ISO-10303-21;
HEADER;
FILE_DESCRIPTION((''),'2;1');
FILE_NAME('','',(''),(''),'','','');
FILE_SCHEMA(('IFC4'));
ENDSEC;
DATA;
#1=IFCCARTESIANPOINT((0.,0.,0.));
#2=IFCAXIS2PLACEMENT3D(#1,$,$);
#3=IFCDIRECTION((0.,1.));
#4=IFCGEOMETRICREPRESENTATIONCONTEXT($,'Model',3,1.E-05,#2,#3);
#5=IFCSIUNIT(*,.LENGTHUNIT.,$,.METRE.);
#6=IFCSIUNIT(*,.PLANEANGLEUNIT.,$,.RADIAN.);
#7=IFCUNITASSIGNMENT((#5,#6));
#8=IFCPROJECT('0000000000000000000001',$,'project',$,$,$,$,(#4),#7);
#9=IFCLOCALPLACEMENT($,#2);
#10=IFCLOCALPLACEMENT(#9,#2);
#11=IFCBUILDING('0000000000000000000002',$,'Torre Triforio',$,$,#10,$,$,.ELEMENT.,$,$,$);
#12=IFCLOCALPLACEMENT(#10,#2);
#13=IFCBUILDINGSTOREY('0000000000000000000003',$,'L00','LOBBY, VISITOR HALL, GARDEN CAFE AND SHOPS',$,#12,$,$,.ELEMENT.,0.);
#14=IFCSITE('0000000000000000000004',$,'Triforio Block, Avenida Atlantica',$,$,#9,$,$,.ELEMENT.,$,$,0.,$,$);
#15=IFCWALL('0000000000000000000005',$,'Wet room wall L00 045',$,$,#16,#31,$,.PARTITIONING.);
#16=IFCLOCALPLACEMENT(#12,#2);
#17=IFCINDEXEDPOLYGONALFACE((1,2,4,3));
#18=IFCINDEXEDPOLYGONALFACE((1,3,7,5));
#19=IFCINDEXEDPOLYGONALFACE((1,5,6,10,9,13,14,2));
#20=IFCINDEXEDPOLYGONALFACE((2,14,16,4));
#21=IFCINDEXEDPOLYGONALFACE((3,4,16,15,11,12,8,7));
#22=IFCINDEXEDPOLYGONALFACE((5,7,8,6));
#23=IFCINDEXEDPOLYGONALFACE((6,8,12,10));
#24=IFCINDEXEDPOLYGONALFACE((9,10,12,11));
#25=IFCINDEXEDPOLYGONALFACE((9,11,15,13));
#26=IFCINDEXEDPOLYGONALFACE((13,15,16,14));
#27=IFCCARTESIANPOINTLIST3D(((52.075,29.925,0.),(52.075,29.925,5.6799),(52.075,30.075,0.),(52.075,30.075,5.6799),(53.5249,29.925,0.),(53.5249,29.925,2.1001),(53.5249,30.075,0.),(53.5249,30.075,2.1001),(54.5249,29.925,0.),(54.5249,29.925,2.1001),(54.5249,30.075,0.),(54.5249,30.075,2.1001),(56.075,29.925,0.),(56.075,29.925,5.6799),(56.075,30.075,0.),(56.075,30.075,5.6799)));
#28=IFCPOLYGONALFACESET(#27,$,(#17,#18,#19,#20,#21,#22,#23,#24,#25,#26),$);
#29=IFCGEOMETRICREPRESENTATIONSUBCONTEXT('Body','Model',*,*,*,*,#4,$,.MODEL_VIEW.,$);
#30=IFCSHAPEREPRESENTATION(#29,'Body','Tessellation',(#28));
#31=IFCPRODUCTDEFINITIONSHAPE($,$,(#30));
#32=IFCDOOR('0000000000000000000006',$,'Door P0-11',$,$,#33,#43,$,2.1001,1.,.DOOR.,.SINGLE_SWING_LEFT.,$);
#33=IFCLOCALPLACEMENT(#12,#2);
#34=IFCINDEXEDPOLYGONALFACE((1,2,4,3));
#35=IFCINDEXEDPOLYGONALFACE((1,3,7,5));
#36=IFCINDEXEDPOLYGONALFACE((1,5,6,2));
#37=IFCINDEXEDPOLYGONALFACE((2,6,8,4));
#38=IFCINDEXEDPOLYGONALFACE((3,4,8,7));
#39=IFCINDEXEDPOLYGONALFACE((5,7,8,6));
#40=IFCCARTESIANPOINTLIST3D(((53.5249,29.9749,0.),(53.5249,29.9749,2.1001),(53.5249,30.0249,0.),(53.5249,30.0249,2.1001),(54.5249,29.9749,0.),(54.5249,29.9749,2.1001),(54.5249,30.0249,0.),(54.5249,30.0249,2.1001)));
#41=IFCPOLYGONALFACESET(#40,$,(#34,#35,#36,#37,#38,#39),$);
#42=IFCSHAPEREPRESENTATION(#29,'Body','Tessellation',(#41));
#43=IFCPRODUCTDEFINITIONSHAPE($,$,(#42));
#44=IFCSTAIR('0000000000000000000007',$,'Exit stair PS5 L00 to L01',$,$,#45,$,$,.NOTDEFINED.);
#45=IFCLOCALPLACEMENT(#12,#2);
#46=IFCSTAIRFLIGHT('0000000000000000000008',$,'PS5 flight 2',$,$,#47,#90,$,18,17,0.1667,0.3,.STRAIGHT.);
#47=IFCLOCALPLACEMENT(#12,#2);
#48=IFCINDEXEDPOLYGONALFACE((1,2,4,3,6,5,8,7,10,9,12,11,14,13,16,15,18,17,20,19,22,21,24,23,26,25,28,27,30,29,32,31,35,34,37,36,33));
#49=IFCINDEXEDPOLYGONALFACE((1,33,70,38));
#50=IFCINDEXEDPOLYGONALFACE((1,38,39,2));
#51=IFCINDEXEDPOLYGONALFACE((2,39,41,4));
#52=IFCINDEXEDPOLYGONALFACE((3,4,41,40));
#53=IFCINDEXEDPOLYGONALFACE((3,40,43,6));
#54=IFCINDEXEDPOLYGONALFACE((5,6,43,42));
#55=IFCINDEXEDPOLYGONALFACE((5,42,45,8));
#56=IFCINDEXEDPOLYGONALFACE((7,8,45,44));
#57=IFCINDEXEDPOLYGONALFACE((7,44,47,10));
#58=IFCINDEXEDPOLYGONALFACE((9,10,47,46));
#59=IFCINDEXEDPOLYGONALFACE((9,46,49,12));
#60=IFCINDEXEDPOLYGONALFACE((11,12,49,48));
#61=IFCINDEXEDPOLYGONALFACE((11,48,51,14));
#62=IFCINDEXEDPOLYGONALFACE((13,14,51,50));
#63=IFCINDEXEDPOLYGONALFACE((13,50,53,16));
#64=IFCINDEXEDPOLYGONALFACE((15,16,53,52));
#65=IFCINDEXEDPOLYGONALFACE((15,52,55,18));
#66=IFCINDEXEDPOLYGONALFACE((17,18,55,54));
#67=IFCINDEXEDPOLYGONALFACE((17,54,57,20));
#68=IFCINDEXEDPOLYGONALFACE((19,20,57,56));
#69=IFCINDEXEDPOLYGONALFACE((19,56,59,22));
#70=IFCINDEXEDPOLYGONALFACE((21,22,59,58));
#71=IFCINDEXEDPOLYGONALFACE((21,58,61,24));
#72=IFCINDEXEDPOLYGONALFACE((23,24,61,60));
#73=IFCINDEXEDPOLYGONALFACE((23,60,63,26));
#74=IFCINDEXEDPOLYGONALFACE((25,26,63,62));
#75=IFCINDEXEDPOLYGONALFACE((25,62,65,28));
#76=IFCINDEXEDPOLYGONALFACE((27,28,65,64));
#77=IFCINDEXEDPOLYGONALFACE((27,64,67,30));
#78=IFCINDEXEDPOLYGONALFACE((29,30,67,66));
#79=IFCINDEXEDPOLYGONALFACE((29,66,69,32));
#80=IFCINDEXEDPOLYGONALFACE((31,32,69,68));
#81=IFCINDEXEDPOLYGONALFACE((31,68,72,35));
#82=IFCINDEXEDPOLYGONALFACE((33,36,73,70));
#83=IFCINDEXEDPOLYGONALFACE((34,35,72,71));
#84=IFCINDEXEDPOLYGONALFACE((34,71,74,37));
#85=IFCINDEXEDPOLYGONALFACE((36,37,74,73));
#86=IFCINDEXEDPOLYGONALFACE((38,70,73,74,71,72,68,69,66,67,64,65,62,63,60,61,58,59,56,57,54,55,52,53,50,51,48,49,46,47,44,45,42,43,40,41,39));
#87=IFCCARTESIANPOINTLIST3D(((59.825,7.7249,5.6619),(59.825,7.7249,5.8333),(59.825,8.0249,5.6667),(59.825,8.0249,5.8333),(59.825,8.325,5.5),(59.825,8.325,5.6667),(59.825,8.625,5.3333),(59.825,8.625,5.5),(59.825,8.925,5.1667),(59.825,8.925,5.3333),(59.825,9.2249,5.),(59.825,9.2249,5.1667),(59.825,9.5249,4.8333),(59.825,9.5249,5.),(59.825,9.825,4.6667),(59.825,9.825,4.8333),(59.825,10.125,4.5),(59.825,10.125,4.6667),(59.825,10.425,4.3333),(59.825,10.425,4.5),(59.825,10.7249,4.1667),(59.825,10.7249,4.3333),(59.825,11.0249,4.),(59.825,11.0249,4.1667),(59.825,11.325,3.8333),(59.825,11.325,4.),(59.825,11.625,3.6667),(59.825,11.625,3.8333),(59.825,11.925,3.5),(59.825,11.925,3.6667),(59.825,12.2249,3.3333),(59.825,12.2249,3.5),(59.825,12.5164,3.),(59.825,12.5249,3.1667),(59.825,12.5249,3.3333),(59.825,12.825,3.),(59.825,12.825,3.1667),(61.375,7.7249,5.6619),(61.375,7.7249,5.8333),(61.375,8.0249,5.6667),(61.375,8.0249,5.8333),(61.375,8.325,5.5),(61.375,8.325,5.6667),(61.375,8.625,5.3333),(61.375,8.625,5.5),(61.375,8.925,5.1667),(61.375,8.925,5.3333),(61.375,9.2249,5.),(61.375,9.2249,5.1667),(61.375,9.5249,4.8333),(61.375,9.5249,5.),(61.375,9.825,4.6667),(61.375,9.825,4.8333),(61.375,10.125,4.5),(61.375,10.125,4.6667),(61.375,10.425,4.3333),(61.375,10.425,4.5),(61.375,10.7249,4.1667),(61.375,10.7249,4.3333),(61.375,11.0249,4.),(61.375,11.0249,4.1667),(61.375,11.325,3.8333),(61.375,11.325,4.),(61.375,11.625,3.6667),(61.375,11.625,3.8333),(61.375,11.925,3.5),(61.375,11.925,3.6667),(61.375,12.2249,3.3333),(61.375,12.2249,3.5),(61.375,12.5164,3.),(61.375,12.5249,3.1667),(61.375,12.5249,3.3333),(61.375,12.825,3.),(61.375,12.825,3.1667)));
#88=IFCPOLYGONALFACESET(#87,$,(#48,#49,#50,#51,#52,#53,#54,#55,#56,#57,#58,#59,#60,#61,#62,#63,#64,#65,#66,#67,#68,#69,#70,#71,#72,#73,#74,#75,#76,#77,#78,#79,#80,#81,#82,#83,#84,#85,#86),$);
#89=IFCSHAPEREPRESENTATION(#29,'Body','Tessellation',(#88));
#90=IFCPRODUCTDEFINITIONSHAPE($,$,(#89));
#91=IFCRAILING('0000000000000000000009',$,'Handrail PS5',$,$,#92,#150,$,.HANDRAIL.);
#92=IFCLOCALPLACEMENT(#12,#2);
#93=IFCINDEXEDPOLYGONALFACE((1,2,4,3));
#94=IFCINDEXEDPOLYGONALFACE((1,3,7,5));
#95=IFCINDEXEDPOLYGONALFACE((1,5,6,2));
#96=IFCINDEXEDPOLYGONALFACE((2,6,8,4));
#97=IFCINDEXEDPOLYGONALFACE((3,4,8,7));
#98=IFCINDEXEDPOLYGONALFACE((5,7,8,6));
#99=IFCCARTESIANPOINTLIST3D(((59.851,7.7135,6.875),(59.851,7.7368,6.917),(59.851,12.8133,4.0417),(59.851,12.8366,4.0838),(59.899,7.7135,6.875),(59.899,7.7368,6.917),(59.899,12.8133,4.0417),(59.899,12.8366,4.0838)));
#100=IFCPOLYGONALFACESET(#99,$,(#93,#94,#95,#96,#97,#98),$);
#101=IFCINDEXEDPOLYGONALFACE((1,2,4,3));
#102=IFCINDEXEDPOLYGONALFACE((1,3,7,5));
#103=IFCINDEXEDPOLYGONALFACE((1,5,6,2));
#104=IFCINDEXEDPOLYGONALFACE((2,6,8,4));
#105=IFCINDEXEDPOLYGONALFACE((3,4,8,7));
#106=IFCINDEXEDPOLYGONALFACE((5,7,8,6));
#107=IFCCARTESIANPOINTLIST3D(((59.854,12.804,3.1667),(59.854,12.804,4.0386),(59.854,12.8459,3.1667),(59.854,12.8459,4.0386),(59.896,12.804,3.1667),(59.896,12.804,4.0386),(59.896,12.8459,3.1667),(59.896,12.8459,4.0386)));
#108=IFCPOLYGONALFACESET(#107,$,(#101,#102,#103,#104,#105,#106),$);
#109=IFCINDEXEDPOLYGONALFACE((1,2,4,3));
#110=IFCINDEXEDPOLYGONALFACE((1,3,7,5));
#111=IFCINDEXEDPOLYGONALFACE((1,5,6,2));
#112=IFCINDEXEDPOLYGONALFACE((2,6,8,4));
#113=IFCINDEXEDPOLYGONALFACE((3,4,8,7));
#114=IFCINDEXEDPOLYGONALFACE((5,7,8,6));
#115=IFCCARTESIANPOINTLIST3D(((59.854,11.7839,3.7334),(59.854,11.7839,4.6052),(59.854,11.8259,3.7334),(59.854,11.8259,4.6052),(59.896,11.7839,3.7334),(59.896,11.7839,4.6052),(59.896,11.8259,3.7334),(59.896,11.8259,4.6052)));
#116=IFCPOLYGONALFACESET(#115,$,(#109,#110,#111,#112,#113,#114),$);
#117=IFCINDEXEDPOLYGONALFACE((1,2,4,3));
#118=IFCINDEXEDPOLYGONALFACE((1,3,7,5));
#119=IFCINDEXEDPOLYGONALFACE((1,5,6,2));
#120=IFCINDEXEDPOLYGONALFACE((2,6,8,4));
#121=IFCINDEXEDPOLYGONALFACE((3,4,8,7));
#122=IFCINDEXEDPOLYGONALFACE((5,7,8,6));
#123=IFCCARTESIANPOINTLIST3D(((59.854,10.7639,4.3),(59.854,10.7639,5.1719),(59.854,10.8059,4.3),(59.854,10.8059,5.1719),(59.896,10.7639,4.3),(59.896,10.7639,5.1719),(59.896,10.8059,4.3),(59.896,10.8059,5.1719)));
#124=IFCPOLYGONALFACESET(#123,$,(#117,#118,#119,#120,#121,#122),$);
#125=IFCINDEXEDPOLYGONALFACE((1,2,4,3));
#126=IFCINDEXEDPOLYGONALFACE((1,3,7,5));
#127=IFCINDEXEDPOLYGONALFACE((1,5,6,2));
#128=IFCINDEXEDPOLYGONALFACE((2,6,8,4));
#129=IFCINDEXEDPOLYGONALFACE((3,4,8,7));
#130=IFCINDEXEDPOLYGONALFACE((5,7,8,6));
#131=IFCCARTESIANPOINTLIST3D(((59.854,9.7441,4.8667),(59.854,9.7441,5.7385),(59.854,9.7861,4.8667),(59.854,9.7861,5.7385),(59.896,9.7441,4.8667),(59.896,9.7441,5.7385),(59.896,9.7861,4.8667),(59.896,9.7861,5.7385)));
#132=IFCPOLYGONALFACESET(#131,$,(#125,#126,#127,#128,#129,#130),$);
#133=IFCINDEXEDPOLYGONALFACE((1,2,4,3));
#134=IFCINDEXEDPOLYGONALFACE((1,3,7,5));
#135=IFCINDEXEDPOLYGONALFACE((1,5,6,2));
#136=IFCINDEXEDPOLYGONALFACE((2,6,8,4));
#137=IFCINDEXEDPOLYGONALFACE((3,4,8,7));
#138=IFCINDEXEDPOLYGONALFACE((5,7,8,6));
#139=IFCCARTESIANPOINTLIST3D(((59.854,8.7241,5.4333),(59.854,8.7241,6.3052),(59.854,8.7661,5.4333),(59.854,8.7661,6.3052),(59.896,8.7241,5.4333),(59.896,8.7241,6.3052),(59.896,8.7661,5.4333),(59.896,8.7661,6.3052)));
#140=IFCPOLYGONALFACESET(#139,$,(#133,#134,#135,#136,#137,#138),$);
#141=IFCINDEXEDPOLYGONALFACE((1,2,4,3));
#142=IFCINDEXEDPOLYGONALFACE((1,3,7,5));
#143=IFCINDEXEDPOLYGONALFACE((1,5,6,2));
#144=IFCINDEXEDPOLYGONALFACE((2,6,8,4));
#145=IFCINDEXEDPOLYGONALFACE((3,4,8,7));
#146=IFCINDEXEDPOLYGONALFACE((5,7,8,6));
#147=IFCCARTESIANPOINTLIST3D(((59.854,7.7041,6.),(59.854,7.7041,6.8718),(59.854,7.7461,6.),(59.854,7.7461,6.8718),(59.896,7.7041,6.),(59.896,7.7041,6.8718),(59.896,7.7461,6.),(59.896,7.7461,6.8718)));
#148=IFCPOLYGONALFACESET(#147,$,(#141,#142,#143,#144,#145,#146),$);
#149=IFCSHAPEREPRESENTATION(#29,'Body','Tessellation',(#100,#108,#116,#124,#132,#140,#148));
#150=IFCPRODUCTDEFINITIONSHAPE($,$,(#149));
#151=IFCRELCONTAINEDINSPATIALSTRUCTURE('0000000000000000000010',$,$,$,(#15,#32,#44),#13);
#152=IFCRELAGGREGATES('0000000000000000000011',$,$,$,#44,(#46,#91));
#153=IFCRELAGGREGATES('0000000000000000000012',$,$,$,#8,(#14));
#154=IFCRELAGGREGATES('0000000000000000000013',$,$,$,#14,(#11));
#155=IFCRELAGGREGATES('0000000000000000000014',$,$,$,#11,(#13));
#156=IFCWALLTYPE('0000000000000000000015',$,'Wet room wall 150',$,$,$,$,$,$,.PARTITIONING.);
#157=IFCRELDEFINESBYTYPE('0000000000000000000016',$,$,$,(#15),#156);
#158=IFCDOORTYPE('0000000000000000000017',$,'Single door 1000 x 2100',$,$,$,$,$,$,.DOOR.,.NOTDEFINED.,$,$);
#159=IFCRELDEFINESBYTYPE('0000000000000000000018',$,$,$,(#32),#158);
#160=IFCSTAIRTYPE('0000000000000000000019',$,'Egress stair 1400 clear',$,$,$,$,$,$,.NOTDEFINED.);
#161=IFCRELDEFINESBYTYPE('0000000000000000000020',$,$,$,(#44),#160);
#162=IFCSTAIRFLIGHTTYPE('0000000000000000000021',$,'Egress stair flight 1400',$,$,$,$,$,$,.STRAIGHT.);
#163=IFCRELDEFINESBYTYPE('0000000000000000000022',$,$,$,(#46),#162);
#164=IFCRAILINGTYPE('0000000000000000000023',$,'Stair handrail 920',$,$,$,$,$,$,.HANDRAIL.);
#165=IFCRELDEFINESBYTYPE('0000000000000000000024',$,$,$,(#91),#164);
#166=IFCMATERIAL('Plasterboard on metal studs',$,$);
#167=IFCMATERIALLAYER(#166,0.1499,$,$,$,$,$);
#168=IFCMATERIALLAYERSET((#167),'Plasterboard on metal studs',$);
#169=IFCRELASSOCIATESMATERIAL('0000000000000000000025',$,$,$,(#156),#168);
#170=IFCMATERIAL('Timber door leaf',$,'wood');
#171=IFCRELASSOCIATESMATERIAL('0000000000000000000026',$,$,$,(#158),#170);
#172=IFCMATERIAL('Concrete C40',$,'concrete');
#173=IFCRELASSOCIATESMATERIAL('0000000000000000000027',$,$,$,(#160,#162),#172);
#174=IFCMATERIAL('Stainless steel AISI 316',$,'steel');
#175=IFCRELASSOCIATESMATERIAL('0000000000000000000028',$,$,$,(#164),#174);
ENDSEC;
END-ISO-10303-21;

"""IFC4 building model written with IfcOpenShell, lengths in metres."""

from ifc_helpers import new_model, si_unit, direction, frame, frame_2d, origin, origin_2d, place, context, subcontext, project, spatial, polyline, rectangle, outline, extrude, material, layer, layer_set, type_object, element, fill, aggregate, save


model = new_model("IFC4")

# Units and contexts
model_context = context("Model", 3, precision=1e-05, world=origin(), true_north=direction((0.0, 1.0)))
body_context = subcontext(model_context, "Body", "Model", "MODEL_VIEW")
ifc_project = project(units=[si_unit("LENGTHUNIT", "METRE"), si_unit("PLANEANGLEUNIT", "RADIAN")], contexts=[model_context])

# Site, building, storey
site_placement = place(None, origin())
site = spatial("IfcSite", under=ifc_project, at=site_placement, Name="Triforio Block, Avenida Atlantica", CompositionType="ELEMENT", RefElevation=0.0)
building_placement = place(site_placement, origin())
building = spatial("IfcBuilding", under=site, at=building_placement, Name="Torre Triforio", CompositionType="ELEMENT")
storey_placement = place(building_placement, origin())
storey = spatial("IfcBuildingStorey", under=building, at=storey_placement, Name="L00", Description="LOBBY, VISITOR HALL, GARDEN CAFE AND SHOPS", CompositionType="ELEMENT", Elevation=0.0)

# Shared definitions
ifc_material_1 = material(Name="Plasterboard on metal studs")
ifc_material_2 = material(Name="Concrete C40", Category="concrete")

# Shared definitions
ifc_layer_1 = layer(ifc_material_1, 0.1499)
ifc_layer_set_1 = layer_set([ifc_layer_1], Name="Plasterboard on metal studs")
wall_type_1 = type_object("IfcWallType", Name="Wet room wall 150", PredefinedType="PARTITIONING", material=ifc_layer_set_1)

# Wall, opening, door
wall_1_placement = place(storey_placement, frame((52.075, 30.0, 0.0), z_axis=(0.0, 0.0, 1.0), x_axis=(1.0, 0.0, 0.0)))
wall_1 = element("IfcWall", 1, at=wall_1_placement, inside=storey, type_object=wall_type_1, Name="Wet room wall L00 045", PredefinedType="PARTITIONING", context=body_context, shape_type="SweptSolid", body=[
    extrude(rectangle(XDim=4.0, YDim=0.1499, at=frame_2d((2.0, 0.0))), origin(), (0.0, 0.0, 1.0), 5.6799),
])
opening_1_placement = place(wall_1_placement, frame((1.45, 0.0, 0.0)))
opening_1 = element("IfcOpeningElement", 2, at=opening_1_placement, cuts=wall_1, PredefinedType="OPENING", context=body_context, shape_type="SweptSolid", body=[
    extrude(rectangle(XDim=1.0, YDim=2.1001, at=frame_2d((0.5, 1.05))), frame((0.0, 0.085, 0.0), z_axis=(0.0, -1.0, 0.0), x_axis=(1.0, 0.0, 0.0)), (0.0, 0.0, 1.0), 0.1699),
])
ifc_material_3 = material(Name="Timber door leaf", Category="wood")
door_type_1 = type_object("IfcDoorType", Name="Single door 1000 x 2100", OperationType="NOTDEFINED", PredefinedType="DOOR", material=ifc_material_3)
door_1_placement = place(opening_1_placement, origin())
door_1 = element("IfcDoor", 3, at=door_1_placement, inside=storey, type_object=door_type_1, Name="Door P0-11", OperationType="SINGLE_SWING_LEFT", OverallHeight=2.1001, OverallWidth=1.0, PredefinedType="DOOR", context=body_context, shape_type="SweptSolid", body=[
    extrude(rectangle(XDim=1.0, YDim=2.1001, at=frame_2d((0.5, 1.05))), frame((0.0, 0.0249, 0.0), z_axis=(0.0, -1.0, 0.0), x_axis=(1.0, 0.0, 0.0)), (0.0, 0.0, 1.0), 0.05),
])
fill(opening_1, door_1)

# Stair, stair flight, railing
stair_type = type_object("IfcStairType", Name="Egress stair 1400 clear", PredefinedType="NOTDEFINED", material=ifc_material_2)
stair_placement = place(storey_placement, origin())
stair = element("IfcStair", 4, at=stair_placement, inside=storey, type_object=stair_type, Name="Exit stair PS5 L00 to L01", PredefinedType="NOTDEFINED")
stair_flight_type = type_object("IfcStairFlightType", Name="Egress stair flight 1400", PredefinedType="STRAIGHT", material=ifc_material_2)
stair_flight_placement = place(storey_placement, frame((60.6001, 12.825, 3.0), z_axis=(0.0, 0.0, 1.0), x_axis=(0.0, -1.0, 0.0)))
stair_flight = element("IfcStairFlight", 5, at=stair_flight_placement, type_object=stair_flight_type, Name="PS5 flight 2", NumberOfRisers=18, NumberOfTreads=17, PredefinedType="STRAIGHT", RiserHeight=0.1667, TreadLength=0.3, context=body_context, shape_type="SweptSolid", body=[
    extrude(outline(polyline([(0.0, 0.0), (0.0, 0.1667), (0.3, 0.1667), (0.3, 0.3333), (0.6001, 0.3333), (0.6001, 0.5), (0.8999, 0.5), (0.8999, 0.6667), (1.2, 0.6667), (1.2, 0.8333), (1.5, 0.8333), (1.5, 1.0), (1.8, 1.0), (1.8, 1.1667), (2.1001, 1.1667), (2.1001, 1.3333), (2.3999, 1.3333), (2.3999, 1.5), (2.7, 1.5), (2.7, 1.6667), (3.0, 1.6667), (3.0, 1.8333), (3.3, 1.8333), (3.3, 2.0), (3.6001, 2.0), (3.6001, 2.1667), (3.8999, 2.1667), (3.8999, 2.3333), (4.2, 2.3333), (4.2, 2.5), (4.5, 2.5), (4.5, 2.6667), (4.8, 2.6667), (4.8, 2.8333), (5.1001, 2.8333), (5.1001, 3.0), (5.1001, 2.6619), (0.3086, 0.0), (0.0, 0.0)])), frame((0.0, 0.7749, 0.0), z_axis=(0.0, -1.0, 0.0), x_axis=(1.0, 0.0, 0.0)), (0.0, 0.0, 1.0), 1.55),
])
ifc_material_4 = material(Name="Stainless steel AISI 316", Category="steel")
railing_type_1 = type_object("IfcRailingType", Name="Stair handrail 920", PredefinedType="HANDRAIL", material=ifc_material_4)
railing_1_placement = place(storey_placement, frame((59.875, 12.825, 3.1667)))
railing_1 = element("IfcRailing", 6, at=railing_1_placement, type_object=railing_type_1, Name="Handrail PS5", PredefinedType="HANDRAIL", context=body_context, shape_type="SweptSolid", body=[
    extrude(rectangle(XDim=0.0481, YDim=0.0481, at=origin_2d()), frame((0.0, 0.0, 0.896), z_axis=(0.0, -0.874157, 0.485643), x_axis=(1.0, 0.0, 0.0)), (0.0, 0.0, 1.0), 5.834),
    extrude(rectangle(XDim=0.042, YDim=0.042, at=origin_2d()), origin(), (0.0, 0.0, 1.0), 0.8718),
    extrude(rectangle(XDim=0.042, YDim=0.042, at=origin_2d()), frame((0.0, -1.02, 0.5667)), (0.0, 0.0, 1.0), 0.8718),
    extrude(rectangle(XDim=0.042, YDim=0.042, at=origin_2d()), frame((0.0, -2.04, 1.1333)), (0.0, 0.0, 1.0), 0.8718),
    extrude(rectangle(XDim=0.042, YDim=0.042, at=origin_2d()), frame((0.0, -3.0598, 1.7)), (0.0, 0.0, 1.0), 0.8718),
    extrude(rectangle(XDim=0.042, YDim=0.042, at=origin_2d()), frame((0.0, -4.0798, 2.2666)), (0.0, 0.0, 1.0), 0.8718),
    extrude(rectangle(XDim=0.042, YDim=0.042, at=origin_2d()), frame((0.0, -5.0999, 2.8333)), (0.0, 0.0, 1.0), 0.8718),
])
aggregate(stair, [stair_flight, railing_1])

save(model, "model.ifc")
